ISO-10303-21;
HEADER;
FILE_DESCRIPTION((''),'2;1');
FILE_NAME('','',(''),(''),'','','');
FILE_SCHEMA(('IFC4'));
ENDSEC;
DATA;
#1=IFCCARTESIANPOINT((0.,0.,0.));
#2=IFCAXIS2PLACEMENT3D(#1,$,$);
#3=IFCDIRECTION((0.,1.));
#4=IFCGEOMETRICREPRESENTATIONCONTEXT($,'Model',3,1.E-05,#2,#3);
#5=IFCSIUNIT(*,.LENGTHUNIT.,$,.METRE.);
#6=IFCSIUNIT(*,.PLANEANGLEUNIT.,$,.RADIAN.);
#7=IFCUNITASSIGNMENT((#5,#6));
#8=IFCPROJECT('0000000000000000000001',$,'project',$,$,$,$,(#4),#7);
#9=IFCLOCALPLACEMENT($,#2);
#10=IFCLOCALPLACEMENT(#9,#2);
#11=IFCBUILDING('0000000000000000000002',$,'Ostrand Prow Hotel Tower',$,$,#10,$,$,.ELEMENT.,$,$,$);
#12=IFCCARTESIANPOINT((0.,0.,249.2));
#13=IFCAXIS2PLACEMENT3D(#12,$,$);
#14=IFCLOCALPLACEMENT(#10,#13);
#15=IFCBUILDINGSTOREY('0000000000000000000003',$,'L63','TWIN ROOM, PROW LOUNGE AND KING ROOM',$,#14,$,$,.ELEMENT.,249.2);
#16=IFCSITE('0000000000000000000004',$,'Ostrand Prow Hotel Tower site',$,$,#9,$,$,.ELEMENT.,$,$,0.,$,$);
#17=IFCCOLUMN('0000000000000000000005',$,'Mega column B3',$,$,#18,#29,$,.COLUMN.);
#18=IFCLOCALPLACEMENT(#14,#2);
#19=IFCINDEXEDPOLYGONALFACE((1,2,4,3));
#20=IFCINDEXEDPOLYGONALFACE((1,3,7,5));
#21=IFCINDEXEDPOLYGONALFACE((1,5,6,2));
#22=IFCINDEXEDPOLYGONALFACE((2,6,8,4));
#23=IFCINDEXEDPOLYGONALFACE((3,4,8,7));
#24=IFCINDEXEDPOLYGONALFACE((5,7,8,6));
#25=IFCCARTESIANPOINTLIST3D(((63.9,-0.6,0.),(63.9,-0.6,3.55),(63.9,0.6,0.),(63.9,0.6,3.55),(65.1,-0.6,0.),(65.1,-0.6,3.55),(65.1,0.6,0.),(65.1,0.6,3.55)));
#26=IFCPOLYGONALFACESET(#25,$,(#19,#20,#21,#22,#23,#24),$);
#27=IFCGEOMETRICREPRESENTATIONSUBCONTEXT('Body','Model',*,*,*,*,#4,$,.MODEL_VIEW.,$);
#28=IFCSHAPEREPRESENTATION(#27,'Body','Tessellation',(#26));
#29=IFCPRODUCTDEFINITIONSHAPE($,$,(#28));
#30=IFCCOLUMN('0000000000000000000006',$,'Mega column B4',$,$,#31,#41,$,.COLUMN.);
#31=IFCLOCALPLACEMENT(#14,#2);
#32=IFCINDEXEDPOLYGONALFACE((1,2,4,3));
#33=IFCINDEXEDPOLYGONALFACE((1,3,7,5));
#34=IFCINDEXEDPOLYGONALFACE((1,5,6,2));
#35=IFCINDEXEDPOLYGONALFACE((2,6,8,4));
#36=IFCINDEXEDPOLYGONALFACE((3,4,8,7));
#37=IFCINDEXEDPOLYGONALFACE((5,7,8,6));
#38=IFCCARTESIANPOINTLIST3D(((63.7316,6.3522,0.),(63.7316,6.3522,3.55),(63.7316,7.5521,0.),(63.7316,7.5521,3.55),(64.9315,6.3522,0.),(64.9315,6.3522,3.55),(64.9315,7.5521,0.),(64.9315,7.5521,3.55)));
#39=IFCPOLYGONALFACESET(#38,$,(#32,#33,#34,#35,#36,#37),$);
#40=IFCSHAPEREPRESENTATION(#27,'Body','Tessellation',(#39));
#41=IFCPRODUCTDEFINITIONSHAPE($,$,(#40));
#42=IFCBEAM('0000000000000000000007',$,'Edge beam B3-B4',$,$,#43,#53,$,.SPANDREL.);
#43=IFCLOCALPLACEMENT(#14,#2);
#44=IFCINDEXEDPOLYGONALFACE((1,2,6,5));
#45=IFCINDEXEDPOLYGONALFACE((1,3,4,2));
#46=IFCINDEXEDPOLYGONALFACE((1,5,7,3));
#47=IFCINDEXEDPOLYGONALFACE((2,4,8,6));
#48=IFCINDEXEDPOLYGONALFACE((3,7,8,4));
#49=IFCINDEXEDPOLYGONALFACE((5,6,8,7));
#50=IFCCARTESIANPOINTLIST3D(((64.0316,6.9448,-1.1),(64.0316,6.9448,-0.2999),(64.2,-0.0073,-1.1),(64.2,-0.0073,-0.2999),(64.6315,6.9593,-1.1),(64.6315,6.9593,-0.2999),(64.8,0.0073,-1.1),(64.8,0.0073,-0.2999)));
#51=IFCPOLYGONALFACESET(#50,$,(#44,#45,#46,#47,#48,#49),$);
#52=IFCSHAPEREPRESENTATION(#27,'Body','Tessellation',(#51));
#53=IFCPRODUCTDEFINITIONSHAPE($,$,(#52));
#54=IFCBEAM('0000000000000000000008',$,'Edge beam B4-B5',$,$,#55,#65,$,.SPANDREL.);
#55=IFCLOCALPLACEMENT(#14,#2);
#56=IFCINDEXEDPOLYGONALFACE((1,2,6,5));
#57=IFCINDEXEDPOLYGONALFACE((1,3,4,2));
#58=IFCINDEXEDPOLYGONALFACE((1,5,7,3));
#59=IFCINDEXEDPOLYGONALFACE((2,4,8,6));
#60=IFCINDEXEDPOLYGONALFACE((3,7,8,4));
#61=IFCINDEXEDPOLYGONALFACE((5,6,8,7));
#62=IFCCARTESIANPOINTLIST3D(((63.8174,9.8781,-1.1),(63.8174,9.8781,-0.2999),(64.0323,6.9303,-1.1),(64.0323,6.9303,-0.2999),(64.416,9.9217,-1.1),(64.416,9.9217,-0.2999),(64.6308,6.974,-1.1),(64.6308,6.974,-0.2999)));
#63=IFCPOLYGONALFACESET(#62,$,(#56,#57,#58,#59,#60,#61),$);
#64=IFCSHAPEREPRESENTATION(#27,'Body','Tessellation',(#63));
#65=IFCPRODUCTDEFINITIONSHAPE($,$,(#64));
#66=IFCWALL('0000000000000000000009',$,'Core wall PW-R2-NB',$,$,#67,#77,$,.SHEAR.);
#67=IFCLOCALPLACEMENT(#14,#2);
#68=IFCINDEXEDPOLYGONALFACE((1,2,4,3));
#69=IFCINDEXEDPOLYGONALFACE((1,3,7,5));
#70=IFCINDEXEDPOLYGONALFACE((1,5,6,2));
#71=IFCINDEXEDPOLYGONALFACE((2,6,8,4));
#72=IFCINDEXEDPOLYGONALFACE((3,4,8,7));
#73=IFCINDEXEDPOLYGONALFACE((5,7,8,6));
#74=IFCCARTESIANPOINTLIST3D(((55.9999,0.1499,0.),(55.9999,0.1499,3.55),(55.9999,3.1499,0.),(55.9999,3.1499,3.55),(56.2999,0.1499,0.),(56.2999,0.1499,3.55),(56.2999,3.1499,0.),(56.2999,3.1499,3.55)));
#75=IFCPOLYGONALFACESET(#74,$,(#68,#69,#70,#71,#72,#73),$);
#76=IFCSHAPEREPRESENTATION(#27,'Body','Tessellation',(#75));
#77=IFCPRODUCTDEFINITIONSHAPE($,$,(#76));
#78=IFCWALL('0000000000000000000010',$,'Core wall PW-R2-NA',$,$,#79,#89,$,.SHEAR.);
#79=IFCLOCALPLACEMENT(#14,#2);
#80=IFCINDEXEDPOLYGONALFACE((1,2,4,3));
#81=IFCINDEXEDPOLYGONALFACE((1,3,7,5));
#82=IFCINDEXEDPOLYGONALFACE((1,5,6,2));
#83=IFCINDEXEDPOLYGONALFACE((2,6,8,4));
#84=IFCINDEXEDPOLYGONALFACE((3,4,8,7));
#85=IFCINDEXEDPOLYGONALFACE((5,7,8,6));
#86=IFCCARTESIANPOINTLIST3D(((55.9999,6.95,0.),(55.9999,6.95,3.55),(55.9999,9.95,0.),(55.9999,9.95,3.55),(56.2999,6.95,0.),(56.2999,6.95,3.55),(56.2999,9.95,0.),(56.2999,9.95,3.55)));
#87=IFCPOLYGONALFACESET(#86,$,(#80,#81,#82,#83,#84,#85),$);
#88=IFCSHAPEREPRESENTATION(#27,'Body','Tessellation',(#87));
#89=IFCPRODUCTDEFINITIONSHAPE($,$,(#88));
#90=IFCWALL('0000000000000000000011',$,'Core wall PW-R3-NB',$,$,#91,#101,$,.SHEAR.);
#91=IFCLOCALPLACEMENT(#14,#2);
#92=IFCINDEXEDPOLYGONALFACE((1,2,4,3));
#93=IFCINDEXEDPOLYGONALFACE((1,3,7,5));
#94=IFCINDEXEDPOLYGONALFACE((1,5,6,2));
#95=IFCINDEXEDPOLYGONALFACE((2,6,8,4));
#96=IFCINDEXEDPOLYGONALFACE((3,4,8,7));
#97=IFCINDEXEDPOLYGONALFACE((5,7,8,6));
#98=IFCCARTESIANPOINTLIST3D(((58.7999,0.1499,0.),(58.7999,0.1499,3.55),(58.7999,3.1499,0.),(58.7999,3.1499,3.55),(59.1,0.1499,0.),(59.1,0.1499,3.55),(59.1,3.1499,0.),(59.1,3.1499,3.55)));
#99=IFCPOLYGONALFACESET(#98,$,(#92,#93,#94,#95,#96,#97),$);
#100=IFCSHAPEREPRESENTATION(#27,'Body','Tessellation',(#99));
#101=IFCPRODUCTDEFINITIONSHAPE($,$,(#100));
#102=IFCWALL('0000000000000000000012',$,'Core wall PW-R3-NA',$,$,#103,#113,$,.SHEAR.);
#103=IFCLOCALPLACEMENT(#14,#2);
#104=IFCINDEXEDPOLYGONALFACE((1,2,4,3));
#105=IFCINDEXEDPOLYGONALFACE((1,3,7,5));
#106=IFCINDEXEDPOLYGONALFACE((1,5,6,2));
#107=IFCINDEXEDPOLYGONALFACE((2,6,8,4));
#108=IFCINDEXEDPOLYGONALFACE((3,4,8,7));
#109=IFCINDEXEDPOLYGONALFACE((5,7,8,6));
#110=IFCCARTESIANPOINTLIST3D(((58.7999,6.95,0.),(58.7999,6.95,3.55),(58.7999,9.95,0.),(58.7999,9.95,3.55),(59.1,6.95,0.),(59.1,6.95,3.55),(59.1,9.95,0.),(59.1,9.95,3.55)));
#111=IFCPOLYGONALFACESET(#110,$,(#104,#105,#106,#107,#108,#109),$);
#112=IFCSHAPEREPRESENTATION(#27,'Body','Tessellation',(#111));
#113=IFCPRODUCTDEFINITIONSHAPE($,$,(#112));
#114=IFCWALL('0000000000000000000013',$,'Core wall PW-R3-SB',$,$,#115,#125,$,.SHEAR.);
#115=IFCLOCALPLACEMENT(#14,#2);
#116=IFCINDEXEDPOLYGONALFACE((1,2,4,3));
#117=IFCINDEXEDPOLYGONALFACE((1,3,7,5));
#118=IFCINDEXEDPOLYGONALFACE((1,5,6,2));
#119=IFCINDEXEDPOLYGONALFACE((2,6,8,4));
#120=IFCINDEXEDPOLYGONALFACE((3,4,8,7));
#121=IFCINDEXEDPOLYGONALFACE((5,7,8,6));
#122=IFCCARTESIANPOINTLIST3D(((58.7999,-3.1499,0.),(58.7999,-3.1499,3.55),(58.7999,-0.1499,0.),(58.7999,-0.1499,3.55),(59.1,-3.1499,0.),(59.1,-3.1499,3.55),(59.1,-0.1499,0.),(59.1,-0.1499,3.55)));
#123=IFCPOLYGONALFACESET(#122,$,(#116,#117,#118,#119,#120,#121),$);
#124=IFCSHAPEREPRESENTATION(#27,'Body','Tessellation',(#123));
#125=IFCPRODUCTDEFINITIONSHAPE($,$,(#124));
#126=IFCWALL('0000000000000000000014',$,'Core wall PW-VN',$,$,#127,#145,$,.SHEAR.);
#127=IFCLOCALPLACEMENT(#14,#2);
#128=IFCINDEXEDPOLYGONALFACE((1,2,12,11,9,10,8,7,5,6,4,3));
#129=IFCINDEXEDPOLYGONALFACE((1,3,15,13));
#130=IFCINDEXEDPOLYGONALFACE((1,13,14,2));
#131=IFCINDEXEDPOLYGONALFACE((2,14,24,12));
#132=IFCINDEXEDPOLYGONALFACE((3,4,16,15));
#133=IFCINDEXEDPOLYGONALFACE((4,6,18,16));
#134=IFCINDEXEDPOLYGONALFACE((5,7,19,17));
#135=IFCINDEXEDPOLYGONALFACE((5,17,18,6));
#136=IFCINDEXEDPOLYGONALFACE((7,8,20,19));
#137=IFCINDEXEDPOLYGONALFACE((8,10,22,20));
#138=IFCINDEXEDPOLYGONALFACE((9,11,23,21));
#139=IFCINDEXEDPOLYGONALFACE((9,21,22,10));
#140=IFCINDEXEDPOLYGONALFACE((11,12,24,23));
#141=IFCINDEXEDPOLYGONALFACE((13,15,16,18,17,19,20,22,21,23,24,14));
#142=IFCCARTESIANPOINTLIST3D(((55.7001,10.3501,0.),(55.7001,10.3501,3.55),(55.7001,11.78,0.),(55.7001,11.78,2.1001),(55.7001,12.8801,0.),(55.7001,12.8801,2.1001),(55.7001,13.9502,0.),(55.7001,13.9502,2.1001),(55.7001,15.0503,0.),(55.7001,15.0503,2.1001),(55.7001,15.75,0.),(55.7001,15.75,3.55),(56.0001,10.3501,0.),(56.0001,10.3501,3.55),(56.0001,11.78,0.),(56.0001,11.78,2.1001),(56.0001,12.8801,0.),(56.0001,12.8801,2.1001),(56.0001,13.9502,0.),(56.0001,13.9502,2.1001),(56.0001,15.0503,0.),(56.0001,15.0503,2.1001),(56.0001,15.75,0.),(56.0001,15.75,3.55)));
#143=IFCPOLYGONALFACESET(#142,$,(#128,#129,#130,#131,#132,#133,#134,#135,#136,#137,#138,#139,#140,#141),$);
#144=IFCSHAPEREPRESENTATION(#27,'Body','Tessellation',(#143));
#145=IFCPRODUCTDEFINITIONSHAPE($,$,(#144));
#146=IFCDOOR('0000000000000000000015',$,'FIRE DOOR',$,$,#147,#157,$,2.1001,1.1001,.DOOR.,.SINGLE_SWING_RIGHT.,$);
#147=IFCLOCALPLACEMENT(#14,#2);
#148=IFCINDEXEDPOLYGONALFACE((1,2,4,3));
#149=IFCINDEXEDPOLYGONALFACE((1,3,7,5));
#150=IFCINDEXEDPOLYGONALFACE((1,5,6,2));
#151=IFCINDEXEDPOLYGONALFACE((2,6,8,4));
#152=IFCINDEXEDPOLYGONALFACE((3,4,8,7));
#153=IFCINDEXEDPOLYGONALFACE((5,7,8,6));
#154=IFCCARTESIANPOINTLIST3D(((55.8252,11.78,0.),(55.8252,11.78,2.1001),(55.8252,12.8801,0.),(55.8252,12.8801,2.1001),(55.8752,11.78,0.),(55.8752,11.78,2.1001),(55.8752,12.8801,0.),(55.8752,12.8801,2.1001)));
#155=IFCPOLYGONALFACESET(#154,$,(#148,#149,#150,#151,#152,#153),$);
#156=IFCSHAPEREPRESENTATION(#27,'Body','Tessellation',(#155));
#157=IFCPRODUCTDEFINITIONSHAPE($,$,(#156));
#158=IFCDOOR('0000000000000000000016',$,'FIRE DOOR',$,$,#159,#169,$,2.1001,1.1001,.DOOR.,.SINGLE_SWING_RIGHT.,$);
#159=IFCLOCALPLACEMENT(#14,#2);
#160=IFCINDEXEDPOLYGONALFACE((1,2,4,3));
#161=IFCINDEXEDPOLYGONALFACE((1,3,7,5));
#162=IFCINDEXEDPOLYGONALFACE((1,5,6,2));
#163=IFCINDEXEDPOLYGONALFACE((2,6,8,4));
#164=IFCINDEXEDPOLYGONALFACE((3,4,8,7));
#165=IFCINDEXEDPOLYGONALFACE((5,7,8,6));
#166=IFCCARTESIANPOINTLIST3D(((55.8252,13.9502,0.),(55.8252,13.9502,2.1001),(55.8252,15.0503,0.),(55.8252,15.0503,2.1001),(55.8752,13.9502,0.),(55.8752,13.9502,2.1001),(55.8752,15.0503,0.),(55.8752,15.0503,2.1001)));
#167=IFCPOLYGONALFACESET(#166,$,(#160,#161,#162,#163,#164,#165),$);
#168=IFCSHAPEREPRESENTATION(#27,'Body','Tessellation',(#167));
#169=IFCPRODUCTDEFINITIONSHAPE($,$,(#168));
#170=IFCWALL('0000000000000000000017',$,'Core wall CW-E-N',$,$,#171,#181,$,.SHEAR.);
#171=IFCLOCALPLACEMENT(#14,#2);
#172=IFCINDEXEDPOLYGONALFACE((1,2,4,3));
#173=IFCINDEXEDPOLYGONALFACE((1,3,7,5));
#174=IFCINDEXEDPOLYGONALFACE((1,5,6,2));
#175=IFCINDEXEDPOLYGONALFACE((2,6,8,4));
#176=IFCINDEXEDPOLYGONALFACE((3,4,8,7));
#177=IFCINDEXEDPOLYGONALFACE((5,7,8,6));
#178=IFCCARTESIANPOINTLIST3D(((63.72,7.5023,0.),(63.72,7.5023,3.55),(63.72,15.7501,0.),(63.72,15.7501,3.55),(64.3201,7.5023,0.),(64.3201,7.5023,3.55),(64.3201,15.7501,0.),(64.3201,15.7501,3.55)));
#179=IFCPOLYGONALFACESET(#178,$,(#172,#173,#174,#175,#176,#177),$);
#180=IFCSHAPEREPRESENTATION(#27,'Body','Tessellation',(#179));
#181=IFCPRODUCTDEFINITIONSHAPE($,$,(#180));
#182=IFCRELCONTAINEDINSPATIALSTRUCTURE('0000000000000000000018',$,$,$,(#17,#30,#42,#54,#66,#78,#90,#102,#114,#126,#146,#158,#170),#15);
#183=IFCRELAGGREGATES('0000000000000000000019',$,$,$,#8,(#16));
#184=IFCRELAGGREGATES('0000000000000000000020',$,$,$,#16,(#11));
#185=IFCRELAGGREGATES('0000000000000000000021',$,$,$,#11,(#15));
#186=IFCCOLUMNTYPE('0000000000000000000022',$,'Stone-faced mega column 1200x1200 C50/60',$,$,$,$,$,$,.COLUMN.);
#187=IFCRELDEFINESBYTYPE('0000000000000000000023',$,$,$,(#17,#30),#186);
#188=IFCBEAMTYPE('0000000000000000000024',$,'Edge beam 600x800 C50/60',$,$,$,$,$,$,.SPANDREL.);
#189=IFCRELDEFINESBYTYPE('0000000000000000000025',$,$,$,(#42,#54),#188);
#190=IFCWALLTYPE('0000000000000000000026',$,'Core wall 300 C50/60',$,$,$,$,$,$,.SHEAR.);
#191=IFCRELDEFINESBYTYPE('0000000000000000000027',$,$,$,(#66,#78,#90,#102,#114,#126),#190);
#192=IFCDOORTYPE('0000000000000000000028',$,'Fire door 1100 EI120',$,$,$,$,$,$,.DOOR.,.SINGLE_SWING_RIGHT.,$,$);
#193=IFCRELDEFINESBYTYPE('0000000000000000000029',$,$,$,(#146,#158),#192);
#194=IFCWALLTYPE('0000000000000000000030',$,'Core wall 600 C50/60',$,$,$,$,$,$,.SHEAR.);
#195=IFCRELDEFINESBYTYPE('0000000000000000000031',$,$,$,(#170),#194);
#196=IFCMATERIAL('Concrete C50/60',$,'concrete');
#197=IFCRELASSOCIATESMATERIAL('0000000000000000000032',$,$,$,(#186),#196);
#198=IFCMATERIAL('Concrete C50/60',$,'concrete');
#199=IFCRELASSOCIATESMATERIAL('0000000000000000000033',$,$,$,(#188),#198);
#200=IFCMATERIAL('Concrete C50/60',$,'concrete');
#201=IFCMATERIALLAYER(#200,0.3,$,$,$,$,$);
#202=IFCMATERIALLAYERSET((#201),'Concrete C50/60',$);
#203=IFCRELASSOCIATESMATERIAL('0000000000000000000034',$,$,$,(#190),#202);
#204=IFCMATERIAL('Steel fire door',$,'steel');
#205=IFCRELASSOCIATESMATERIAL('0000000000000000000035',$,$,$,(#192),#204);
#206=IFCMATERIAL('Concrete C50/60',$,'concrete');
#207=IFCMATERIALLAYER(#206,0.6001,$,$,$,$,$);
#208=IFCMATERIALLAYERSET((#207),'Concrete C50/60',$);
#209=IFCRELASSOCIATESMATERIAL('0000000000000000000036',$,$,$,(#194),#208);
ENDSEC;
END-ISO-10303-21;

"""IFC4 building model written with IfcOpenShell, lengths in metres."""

from ifc_helpers import new_model, si_unit, direction, frame, frame_2d, origin, origin_2d, place, context, subcontext, project, spatial, rectangle, extrude, material, layer, layer_set, material_profile, profile_set, type_object, element, fill, save


model = new_model("IFC4")

# Units and contexts
model_context = context("Model", 3, precision=1e-05, world=origin(), true_north=direction((0.0, 1.0)))
body_context = subcontext(model_context, "Body", "Model", "MODEL_VIEW")
ifc_project = project(units=[si_unit("LENGTHUNIT", "METRE"), si_unit("PLANEANGLEUNIT", "RADIAN")], contexts=[model_context])

# Site, building, storey
site_placement = place(None, origin())
site = spatial("IfcSite", under=ifc_project, at=site_placement, Name="Ostrand Prow Hotel Tower site", CompositionType="ELEMENT", RefElevation=0.0)
building_placement = place(site_placement, origin())
building = spatial("IfcBuilding", under=site, at=building_placement, Name="Ostrand Prow Hotel Tower", CompositionType="ELEMENT")
storey_placement = place(building_placement, frame((0.0, 0.0, 249.2)))
storey = spatial("IfcBuildingStorey", under=building, at=storey_placement, Name="L63", Description="TWIN ROOM, PROW LOUNGE AND KING ROOM", CompositionType="ELEMENT", Elevation=249.2)

# Columns
ifc_material_1 = material(Name="Concrete C50/60", Category="concrete")
ifc_material_profile_1 = material_profile(ifc_material_1, rectangle(XDim=1.2, YDim=1.2, at=origin_2d()), Name="RC 1200x1200")
ifc_profile_set_1 = profile_set([ifc_material_profile_1], Name="Concrete C50/60")
column_type = type_object("IfcColumnType", Name="Stone-faced mega column 1200x1200 C50/60", PredefinedType="COLUMN", material=ifc_profile_set_1)
for number, where, z_axis, x_axis, name in (
    (1, (64.5, 0.0, 0.0), (0.0, 0.0, 1.0), (1.0, 0.0, 0.0), "Mega column B3"),
    (2, (64.3315, 6.9521, 0.0), (0.0, 0.0, 1.0), (1.0, 0.0, 0.0), "Mega column B4"),
):
    element("IfcColumn", number, at=place(storey_placement, frame(where, z_axis=z_axis, x_axis=x_axis)), inside=storey, type_object=column_type, Name=name, PredefinedType="COLUMN", context=body_context, shape_type="SweptSolid", body=[
        extrude(rectangle(XDim=1.2, YDim=1.2, at=origin_2d()), origin(), (0.0, 0.0, 1.0), 3.55),
    ])

# Beams
ifc_material_2 = material(Name="Concrete C50/60", Category="concrete")
ifc_material_profile_2 = material_profile(ifc_material_2, rectangle(XDim=0.6001, YDim=0.8, at=origin_2d()), Name="RC 600x800")
ifc_profile_set_2 = profile_set([ifc_material_profile_2], Name="Concrete C50/60")
beam_type = type_object("IfcBeamType", Name="Edge beam 600x800 C50/60", PredefinedType="SPANDREL", material=ifc_profile_set_2)
beam_1_placement = place(storey_placement, frame((64.5, 0.0, -0.7), z_axis=(-0.024224, 0.999707, 0.0), x_axis=(-0.999707, -0.024224, 0.0)))
element("IfcBeam", 3, at=beam_1_placement, inside=storey, type_object=beam_type, Name="Edge beam B3-B4", PredefinedType="SPANDREL", context=body_context, shape_type="SweptSolid", body=[
    extrude(rectangle(XDim=0.6001, YDim=0.8, at=origin_2d()), origin(), (0.0, 0.0, 1.0), 6.9541),
])
beam_2_placement = place(storey_placement, frame((64.3315, 6.9521, -0.7), z_axis=(-0.072691, 0.997355, 0.0), x_axis=(-0.997355, -0.072691, 0.0)))
element("IfcBeam", 4, at=beam_2_placement, inside=storey, type_object=beam_type, Name="Edge beam B4-B5", PredefinedType="SPANDREL", context=body_context, shape_type="SweptSolid", body=[
    extrude(rectangle(XDim=0.6001, YDim=0.8, at=origin_2d()), origin(), (0.0, 0.0, 1.0), 2.9556),
])

# Walls
ifc_material_3 = material(Name="Concrete C50/60", Category="concrete")
ifc_layer_1 = layer(ifc_material_3, 0.3)
ifc_layer_set_1 = layer_set([ifc_layer_1], Name="Concrete C50/60")
wall_type_1 = type_object("IfcWallType", Name="Core wall 300 C50/60", PredefinedType="SHEAR", material=ifc_layer_set_1)
for number, where, z_axis, x_axis, name in (
    (5, (56.1499, 0.1499, 0.0), (0.0, 0.0, 1.0), (0.0, 1.0, 0.0), "Core wall PW-R2-NB"),
    (6, (56.1499, 6.95, 0.0), (0.0, 0.0, 1.0), (0.0, 1.0, 0.0), "Core wall PW-R2-NA"),
    (7, (58.95, 0.1499, 0.0), (0.0, 0.0, 1.0), (0.0, 1.0, 0.0), "Core wall PW-R3-NB"),
    (8, (58.95, 6.95, 0.0), (0.0, 0.0, 1.0), (0.0, 1.0, 0.0), "Core wall PW-R3-NA"),
    (9, (58.95, -3.1499, 0.0), (0.0, 0.0, 1.0), (0.0, 1.0, 0.0), "Core wall PW-R3-SB"),
):
    element("IfcWall", number, at=place(storey_placement, frame(where, z_axis=z_axis, x_axis=x_axis)), inside=storey, type_object=wall_type_1, Name=name, PredefinedType="SHEAR", context=body_context, shape_type="SweptSolid", body=[
        extrude(rectangle(XDim=3.0, YDim=0.3, at=frame_2d((1.5, 0.0))), origin(), (0.0, 0.0, 1.0), 3.55),
    ])

# Wall, openings, doors
wall_1_placement = place(storey_placement, frame((55.8501, 10.3501, 0.0), z_axis=(0.0, 0.0, 1.0), x_axis=(0.0, 1.0, 0.0)))
wall_1 = element("IfcWall", 10, at=wall_1_placement, inside=storey, type_object=wall_type_1, Name="Core wall PW-VN", PredefinedType="SHEAR", context=body_context, shape_type="SweptSolid", body=[
    extrude(rectangle(XDim=5.3999, YDim=0.3, at=frame_2d((2.7, 0.0))), origin(), (0.0, 0.0, 1.0), 3.55),
])
opening_1_placement = place(wall_1_placement, frame((1.4299, 0.0, 0.0)))
opening_1 = element("IfcOpeningElement", 11, at=opening_1_placement, cuts=wall_1, PredefinedType="OPENING", context=body_context, shape_type="SweptSolid", body=[
    extrude(rectangle(XDim=1.1001, YDim=2.1001, at=frame_2d((0.55, 1.05))), frame((0.0, 0.1599, 0.0), z_axis=(0.0, -1.0, 0.0), x_axis=(1.0, 0.0, 0.0)), (0.0, 0.0, 1.0), 0.3201),
])
opening_2_placement = place(wall_1_placement, frame((3.6001, 0.0, 0.0)))
opening_2 = element("IfcOpeningElement", 12, at=opening_2_placement, cuts=wall_1, PredefinedType="OPENING", context=body_context, shape_type="SweptSolid", body=[
    extrude(rectangle(XDim=1.1001, YDim=2.1001, at=frame_2d((0.55, 1.05))), frame((0.0, 0.1599, 0.0), z_axis=(0.0, -1.0, 0.0), x_axis=(1.0, 0.0, 0.0)), (0.0, 0.0, 1.0), 0.3201),
])
ifc_material_4 = material(Name="Steel fire door", Category="steel")
door_type = type_object("IfcDoorType", Name="Fire door 1100 EI120", OperationType="SINGLE_SWING_RIGHT", PredefinedType="DOOR", material=ifc_material_4)
door_1_placement = place(opening_1_placement, origin())
door_1 = element("IfcDoor", 13, at=door_1_placement, inside=storey, type_object=door_type, Name="FIRE DOOR", OperationType="SINGLE_SWING_RIGHT", OverallHeight=2.1001, OverallWidth=1.1001, PredefinedType="DOOR", context=body_context, shape_type="SweptSolid", body=[
    extrude(rectangle(XDim=1.1001, YDim=2.1001, at=frame_2d((0.55, 1.05))), frame((0.0, 0.0249, 0.0), z_axis=(0.0, -1.0, 0.0), x_axis=(1.0, 0.0, 0.0)), (0.0, 0.0, 1.0), 0.05),
])
fill(opening_1, door_1)
door_2_placement = place(opening_2_placement, origin())
door_2 = element("IfcDoor", 14, at=door_2_placement, inside=storey, type_object=door_type, Name="FIRE DOOR", OperationType="SINGLE_SWING_RIGHT", OverallHeight=2.1001, OverallWidth=1.1001, PredefinedType="DOOR", context=body_context, shape_type="SweptSolid", body=[
    extrude(rectangle(XDim=1.1001, YDim=2.1001, at=frame_2d((0.55, 1.05))), frame((0.0, 0.0249, 0.0), z_axis=(0.0, -1.0, 0.0), x_axis=(1.0, 0.0, 0.0)), (0.0, 0.0, 1.0), 0.05),
])
fill(opening_2, door_2)

# Wall
ifc_material_5 = material(Name="Concrete C50/60", Category="concrete")
ifc_layer_2 = layer(ifc_material_5, 0.6001)
ifc_layer_set_2 = layer_set([ifc_layer_2], Name="Concrete C50/60")
wall_type_2 = type_object("IfcWallType", Name="Core wall 600 C50/60", PredefinedType="SHEAR", material=ifc_layer_set_2)
wall_2_placement = place(storey_placement, frame((64.02, 7.5022, 0.0), z_axis=(0.0, 0.0, 1.0), x_axis=(0.0, 1.0, 0.0)))
element("IfcWall", 15, at=wall_2_placement, inside=storey, type_object=wall_type_2, Name="Core wall CW-E-N", PredefinedType="SHEAR", context=body_context, shape_type="SweptSolid", body=[
    extrude(rectangle(XDim=8.2478, YDim=0.6001, at=frame_2d((4.124, 0.0))), origin(), (0.0, 0.0, 1.0), 3.55),
])

save(model, "model.ifc")
